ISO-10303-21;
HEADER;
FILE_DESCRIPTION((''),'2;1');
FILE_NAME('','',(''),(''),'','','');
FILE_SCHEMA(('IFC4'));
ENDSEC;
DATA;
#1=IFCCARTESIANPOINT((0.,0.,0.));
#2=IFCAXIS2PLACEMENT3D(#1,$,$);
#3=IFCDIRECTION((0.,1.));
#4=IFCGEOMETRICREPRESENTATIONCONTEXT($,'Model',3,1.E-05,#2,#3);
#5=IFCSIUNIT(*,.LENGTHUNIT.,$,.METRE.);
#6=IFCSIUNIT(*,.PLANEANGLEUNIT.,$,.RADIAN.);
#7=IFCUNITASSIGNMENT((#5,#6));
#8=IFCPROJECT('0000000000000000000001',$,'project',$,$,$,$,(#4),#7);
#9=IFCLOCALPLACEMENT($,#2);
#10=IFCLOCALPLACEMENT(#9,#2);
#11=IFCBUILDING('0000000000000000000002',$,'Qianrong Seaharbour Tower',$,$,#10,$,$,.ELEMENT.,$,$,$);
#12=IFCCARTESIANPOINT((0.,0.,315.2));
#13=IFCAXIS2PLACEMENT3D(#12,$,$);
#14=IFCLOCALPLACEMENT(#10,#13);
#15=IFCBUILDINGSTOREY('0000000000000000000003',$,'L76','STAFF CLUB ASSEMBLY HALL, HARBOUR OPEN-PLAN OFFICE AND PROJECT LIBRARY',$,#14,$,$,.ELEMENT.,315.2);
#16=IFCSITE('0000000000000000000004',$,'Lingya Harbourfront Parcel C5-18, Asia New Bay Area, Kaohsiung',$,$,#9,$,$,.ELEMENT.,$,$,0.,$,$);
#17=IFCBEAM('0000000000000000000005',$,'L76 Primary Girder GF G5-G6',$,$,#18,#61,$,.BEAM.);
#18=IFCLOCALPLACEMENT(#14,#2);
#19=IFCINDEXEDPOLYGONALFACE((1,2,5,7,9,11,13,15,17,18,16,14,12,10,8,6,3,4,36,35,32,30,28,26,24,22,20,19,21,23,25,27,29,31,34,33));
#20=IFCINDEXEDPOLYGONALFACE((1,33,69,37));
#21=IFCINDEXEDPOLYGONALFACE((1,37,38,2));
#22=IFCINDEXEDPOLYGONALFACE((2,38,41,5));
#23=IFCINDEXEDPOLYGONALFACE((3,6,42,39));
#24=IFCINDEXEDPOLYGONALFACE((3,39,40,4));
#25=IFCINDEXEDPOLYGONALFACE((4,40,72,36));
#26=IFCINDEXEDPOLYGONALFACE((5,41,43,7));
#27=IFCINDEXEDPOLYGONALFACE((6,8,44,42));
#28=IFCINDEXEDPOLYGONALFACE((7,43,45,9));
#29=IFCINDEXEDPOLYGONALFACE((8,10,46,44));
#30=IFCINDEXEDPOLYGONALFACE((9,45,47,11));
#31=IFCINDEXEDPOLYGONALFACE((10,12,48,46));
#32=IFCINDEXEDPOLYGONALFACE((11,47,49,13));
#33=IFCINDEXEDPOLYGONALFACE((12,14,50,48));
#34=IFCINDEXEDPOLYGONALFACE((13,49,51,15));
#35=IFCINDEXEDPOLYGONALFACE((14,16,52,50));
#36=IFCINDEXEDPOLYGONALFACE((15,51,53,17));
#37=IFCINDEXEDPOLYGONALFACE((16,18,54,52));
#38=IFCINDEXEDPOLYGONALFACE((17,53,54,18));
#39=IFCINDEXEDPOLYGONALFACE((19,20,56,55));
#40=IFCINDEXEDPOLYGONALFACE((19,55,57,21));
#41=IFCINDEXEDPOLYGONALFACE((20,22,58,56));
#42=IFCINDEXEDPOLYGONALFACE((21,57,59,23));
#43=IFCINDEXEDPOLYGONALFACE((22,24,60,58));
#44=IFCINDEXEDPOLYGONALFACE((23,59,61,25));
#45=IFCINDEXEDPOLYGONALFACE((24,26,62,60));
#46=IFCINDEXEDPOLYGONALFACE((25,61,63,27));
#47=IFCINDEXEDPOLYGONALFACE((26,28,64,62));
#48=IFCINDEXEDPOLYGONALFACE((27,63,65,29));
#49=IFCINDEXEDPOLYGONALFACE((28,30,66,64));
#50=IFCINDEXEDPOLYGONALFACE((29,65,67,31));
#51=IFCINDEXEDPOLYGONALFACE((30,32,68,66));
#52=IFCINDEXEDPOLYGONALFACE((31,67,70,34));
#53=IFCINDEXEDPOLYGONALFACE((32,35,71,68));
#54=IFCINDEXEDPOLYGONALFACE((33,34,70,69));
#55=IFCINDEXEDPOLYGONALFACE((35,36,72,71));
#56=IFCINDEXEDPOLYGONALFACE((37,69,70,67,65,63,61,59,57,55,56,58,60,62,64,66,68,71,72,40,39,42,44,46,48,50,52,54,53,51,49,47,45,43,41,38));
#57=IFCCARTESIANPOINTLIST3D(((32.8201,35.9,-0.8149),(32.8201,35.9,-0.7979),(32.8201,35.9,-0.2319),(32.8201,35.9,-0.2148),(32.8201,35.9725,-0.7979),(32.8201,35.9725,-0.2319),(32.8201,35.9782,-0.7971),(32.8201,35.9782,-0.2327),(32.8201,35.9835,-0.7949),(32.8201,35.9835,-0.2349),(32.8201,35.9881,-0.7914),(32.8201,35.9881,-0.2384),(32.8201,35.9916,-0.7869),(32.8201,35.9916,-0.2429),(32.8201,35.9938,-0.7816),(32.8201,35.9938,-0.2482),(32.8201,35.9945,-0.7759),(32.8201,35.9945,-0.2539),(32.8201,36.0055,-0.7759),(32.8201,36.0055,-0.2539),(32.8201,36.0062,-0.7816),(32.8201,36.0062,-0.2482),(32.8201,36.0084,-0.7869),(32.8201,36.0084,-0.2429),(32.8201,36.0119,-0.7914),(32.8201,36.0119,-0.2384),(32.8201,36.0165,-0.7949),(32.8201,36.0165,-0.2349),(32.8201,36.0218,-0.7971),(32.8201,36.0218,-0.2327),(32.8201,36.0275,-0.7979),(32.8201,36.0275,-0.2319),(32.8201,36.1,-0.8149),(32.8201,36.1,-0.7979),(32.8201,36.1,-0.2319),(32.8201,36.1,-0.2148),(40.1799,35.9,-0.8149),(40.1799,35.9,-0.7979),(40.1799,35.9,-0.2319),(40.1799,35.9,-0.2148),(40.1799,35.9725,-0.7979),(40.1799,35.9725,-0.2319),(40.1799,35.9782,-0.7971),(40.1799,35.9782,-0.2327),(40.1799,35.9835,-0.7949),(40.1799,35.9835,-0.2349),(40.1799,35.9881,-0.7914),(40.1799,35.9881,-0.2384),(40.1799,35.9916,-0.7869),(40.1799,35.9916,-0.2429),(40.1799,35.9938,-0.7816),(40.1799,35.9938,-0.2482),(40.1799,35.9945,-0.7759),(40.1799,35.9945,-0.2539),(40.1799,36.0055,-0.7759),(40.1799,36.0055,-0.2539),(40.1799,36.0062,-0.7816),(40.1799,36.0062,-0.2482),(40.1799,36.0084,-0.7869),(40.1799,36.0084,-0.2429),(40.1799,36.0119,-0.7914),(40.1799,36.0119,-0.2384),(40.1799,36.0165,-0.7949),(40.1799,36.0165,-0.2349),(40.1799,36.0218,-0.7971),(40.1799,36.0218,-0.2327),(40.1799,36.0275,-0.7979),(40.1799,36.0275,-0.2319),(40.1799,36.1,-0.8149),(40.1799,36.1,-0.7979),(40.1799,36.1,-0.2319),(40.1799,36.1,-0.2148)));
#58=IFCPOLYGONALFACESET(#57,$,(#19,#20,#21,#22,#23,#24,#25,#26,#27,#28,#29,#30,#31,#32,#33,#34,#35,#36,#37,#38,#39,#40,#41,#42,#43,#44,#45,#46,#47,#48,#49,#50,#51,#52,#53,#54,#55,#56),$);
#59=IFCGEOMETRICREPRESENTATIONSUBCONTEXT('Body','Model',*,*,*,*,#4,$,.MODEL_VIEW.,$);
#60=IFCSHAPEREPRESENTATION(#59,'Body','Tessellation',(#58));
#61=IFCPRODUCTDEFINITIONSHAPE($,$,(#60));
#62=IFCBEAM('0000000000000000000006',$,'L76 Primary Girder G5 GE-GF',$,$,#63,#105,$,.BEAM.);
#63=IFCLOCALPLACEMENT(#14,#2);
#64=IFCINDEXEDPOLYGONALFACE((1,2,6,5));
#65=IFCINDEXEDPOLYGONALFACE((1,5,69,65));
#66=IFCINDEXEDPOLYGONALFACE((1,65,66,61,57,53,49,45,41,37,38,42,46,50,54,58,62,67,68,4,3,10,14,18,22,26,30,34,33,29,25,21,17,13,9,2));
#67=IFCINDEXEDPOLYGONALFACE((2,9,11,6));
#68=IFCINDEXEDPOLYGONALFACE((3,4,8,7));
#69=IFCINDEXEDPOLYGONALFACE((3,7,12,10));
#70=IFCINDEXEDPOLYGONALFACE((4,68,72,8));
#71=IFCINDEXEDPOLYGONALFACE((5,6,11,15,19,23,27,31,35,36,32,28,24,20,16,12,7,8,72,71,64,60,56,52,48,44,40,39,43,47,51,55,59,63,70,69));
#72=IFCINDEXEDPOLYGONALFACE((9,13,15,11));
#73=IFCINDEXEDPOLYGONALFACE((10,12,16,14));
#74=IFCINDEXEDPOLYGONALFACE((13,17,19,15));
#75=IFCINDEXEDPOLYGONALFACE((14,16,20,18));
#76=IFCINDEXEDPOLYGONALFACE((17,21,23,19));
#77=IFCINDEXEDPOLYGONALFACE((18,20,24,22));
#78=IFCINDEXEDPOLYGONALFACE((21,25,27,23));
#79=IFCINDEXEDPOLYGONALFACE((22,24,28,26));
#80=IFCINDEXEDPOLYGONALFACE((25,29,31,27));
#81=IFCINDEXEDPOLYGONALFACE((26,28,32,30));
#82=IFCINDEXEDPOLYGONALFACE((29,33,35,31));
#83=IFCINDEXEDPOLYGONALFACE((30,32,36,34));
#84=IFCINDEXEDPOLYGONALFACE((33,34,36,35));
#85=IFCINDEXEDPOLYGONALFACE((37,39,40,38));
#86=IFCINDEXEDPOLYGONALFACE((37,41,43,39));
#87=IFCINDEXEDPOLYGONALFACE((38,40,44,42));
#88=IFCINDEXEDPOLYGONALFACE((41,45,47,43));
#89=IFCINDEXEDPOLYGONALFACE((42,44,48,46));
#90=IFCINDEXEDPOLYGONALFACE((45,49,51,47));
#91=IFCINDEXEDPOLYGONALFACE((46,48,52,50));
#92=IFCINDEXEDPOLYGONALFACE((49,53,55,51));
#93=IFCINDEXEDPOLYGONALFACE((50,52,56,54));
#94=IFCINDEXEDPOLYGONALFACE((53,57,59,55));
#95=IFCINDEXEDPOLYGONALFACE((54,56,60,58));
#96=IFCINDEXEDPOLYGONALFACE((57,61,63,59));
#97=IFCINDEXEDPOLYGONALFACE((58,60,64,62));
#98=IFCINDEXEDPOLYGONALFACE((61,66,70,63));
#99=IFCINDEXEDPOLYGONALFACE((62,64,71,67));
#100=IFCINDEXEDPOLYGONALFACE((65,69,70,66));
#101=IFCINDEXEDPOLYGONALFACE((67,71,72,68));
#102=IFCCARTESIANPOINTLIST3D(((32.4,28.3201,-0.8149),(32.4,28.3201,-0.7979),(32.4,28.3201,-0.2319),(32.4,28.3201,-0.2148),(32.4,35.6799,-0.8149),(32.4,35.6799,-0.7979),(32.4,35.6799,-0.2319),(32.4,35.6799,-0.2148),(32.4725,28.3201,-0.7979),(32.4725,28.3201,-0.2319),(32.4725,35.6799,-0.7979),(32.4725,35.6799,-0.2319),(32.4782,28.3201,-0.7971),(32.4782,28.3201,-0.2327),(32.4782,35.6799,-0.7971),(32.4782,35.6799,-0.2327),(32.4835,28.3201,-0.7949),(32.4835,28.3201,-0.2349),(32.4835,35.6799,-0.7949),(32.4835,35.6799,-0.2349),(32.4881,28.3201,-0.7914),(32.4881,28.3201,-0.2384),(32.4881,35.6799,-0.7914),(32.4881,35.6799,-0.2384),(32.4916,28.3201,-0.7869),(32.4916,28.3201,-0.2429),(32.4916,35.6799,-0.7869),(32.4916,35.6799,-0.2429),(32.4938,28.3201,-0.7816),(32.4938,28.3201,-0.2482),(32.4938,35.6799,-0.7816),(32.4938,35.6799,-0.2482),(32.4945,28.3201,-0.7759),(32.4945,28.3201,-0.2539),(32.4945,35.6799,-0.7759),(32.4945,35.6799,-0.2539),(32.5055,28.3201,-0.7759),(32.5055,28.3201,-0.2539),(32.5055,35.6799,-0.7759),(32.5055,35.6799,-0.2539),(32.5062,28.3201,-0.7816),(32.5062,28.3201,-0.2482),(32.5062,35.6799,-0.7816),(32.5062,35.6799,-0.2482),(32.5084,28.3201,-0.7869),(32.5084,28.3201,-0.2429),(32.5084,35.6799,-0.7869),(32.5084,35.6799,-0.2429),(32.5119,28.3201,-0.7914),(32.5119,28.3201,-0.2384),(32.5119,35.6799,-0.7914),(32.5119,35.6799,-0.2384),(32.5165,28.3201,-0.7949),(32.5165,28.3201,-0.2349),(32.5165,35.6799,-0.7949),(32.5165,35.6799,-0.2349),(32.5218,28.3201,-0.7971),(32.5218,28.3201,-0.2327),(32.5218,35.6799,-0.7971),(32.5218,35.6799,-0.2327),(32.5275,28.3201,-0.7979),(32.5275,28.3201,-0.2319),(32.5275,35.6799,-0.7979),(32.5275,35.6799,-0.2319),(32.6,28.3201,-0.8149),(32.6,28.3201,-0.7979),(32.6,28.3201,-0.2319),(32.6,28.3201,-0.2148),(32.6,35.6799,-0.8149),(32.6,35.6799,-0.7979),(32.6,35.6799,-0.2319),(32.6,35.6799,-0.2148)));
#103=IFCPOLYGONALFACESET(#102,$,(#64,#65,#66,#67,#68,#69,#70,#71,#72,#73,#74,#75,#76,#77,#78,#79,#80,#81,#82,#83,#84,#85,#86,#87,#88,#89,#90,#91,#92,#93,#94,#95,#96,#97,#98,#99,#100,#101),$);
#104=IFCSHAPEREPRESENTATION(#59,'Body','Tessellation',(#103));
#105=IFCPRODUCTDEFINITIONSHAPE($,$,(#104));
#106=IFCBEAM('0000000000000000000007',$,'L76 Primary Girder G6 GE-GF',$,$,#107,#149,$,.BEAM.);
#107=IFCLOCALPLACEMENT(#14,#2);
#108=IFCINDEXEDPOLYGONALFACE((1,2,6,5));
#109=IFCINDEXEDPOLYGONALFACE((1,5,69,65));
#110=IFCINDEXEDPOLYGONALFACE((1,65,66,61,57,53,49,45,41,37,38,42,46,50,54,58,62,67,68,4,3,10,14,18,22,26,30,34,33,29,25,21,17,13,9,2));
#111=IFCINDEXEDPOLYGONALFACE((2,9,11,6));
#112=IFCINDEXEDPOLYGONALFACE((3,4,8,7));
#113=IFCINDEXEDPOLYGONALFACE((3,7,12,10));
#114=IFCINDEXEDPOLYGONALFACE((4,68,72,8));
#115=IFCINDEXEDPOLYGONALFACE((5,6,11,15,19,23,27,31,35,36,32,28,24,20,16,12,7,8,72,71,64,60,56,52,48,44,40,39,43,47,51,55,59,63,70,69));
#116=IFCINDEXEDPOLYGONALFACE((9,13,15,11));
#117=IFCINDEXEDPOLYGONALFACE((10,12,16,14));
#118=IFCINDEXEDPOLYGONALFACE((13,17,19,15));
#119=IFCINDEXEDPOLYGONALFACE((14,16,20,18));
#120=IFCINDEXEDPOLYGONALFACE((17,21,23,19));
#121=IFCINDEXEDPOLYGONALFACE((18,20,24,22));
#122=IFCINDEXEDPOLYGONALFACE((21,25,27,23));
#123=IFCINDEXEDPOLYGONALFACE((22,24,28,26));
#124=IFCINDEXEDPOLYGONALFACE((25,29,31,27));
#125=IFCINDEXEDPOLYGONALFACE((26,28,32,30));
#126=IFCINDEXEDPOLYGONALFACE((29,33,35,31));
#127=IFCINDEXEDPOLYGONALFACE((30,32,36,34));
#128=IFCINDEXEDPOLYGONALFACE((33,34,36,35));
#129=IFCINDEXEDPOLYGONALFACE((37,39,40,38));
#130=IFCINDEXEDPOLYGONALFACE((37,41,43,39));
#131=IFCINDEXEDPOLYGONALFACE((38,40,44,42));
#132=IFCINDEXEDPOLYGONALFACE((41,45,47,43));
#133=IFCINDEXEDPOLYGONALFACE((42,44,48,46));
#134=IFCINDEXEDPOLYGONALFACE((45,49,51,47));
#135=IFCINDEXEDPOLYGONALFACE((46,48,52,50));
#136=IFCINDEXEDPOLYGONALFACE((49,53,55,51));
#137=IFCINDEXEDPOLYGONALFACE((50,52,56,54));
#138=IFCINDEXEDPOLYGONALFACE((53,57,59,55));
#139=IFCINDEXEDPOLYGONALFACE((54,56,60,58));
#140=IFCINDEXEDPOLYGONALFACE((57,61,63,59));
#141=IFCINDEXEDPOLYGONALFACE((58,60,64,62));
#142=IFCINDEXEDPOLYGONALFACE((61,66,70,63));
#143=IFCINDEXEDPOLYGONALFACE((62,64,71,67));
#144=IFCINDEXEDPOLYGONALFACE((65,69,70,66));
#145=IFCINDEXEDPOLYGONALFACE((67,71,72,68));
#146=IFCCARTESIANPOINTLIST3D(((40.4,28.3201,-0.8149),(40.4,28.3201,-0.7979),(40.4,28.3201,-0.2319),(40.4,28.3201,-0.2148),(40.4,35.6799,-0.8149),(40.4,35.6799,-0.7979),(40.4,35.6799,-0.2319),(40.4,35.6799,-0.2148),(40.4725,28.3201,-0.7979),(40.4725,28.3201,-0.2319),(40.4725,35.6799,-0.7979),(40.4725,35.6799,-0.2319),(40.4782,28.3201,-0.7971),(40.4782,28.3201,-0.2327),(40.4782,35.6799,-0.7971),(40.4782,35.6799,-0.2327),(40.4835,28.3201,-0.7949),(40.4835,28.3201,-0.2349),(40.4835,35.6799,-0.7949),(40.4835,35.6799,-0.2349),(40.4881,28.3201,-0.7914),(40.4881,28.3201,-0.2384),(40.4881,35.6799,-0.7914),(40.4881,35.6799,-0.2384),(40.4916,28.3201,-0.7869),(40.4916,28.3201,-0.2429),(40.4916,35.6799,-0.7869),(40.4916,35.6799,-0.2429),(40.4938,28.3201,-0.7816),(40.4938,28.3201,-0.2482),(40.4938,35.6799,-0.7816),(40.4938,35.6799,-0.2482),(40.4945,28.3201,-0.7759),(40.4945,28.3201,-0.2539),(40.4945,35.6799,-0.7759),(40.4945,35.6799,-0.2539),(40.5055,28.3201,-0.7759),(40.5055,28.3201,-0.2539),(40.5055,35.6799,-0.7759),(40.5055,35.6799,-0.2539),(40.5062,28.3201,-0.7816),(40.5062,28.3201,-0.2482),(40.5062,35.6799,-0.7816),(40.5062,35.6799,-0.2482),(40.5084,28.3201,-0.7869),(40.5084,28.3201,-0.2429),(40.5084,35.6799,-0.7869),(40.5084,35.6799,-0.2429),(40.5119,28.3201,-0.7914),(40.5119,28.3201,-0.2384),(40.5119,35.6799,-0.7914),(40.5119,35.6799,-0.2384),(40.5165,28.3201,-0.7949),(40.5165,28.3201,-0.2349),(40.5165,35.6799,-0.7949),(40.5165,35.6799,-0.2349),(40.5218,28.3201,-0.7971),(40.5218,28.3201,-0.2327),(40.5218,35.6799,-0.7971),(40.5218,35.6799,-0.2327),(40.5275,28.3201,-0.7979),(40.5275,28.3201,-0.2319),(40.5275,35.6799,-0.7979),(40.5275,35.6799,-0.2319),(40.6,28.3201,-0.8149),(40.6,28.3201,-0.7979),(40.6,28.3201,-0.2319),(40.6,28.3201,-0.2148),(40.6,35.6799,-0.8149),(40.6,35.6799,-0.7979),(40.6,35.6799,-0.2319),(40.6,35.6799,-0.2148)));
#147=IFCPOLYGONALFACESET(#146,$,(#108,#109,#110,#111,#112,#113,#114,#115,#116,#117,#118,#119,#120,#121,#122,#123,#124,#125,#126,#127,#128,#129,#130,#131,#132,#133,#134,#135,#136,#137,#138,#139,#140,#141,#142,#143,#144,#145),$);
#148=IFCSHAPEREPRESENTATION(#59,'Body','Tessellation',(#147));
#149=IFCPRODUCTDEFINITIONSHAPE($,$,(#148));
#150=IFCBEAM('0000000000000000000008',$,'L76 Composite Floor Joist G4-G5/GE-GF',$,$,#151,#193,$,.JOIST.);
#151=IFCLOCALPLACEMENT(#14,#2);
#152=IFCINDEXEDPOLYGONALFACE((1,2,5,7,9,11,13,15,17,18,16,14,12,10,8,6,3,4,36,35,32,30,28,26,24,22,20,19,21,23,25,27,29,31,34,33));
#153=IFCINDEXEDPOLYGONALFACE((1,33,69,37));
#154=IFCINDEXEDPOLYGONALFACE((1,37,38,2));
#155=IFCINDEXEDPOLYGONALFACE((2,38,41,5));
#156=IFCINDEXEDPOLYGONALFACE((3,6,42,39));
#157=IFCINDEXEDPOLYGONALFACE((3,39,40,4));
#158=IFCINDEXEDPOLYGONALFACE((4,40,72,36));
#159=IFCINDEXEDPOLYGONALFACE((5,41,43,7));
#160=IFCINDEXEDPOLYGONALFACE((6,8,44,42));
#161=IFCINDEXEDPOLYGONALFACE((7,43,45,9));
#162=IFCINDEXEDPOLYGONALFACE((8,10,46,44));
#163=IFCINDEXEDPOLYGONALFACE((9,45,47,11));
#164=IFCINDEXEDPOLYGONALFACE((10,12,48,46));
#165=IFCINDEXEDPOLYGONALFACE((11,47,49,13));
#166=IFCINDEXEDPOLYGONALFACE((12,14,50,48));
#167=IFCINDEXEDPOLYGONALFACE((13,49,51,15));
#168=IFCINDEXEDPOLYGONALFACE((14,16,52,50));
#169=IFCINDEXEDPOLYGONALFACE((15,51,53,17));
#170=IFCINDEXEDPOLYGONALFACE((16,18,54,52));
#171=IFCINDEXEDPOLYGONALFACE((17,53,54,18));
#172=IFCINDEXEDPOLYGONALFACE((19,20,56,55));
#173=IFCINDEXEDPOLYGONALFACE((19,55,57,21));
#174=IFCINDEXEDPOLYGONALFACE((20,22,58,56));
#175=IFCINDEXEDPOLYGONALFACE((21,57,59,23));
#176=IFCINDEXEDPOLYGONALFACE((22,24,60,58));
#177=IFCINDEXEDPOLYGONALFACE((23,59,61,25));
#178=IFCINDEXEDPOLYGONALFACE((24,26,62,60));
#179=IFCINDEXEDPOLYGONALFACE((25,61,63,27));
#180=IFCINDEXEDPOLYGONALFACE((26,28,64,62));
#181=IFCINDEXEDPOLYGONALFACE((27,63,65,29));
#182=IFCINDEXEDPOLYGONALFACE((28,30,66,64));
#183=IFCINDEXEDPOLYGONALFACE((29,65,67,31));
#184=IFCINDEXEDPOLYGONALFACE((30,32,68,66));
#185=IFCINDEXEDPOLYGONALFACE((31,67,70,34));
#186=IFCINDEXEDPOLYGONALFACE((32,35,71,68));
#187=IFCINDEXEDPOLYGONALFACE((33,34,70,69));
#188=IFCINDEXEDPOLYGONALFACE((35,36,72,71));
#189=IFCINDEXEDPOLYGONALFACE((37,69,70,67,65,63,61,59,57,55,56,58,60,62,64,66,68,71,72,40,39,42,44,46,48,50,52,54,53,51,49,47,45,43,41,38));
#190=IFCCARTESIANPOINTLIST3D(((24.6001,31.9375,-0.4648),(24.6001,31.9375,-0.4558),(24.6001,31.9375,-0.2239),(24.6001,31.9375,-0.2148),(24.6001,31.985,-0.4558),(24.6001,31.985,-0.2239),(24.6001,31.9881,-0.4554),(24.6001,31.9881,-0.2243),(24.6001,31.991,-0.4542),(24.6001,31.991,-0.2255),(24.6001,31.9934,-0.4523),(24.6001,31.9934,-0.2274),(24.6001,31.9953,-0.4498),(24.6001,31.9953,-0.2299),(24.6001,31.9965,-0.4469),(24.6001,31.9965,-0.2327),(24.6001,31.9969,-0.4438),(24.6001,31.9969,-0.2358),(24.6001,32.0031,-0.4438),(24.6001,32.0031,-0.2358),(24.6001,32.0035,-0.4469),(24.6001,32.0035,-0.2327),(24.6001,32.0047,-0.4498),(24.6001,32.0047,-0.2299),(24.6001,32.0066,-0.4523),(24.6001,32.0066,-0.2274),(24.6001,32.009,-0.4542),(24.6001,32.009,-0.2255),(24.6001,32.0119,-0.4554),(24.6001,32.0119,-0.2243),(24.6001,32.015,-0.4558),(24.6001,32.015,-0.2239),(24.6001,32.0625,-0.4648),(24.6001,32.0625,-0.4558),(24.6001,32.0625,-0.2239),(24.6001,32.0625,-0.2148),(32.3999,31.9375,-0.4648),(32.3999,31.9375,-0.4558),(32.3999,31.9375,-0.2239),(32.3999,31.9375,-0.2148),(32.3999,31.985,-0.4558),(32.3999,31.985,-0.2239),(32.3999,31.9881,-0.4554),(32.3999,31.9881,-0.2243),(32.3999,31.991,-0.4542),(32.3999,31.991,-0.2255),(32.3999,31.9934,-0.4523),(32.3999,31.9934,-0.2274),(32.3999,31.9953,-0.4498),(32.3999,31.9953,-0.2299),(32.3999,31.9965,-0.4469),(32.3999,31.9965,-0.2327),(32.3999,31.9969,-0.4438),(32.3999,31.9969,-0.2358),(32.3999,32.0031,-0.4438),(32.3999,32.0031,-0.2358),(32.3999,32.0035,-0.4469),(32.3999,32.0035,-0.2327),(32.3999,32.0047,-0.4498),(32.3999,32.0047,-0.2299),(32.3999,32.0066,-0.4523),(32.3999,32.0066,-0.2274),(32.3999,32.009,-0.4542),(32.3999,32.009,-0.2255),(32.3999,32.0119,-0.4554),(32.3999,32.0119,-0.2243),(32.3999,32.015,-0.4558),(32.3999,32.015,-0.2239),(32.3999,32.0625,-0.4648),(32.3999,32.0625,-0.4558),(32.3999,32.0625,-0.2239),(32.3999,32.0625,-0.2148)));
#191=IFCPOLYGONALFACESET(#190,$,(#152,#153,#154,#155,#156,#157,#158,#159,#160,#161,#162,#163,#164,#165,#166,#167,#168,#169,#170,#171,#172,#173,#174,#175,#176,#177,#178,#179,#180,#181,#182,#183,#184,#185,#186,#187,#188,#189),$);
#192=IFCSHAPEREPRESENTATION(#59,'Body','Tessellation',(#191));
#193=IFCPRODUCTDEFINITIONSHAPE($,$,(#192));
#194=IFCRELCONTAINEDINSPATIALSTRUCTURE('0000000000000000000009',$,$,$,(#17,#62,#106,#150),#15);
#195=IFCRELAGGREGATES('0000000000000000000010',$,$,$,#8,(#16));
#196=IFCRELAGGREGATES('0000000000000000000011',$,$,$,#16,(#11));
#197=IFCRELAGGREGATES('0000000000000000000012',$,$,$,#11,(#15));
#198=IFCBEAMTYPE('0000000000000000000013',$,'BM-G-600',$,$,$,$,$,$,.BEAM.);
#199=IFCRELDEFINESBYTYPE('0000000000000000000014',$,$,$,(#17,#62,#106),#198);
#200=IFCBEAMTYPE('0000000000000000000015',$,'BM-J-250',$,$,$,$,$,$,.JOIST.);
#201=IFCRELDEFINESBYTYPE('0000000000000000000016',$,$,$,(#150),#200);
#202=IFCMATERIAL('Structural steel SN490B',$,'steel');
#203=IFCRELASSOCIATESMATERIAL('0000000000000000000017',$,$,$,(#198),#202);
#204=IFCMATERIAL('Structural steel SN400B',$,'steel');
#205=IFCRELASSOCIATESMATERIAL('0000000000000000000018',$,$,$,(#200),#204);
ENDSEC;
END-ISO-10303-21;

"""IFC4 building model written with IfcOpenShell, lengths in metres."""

from ifc_helpers import new_model, si_unit, direction, frame, origin, origin_2d, place, context, subcontext, project, spatial, i_section, extrude, material, material_profile, profile_set, type_object, element, save


model = new_model("IFC4")

# Units and contexts
model_context = context("Model", 3, precision=1e-05, world=origin(), true_north=direction((0.0, 1.0)))
body_context = subcontext(model_context, "Body", "Model", "MODEL_VIEW")
ifc_project = project(units=[si_unit("LENGTHUNIT", "METRE"), si_unit("PLANEANGLEUNIT", "RADIAN")], contexts=[model_context])

# Site, building, storey
site_placement = place(None, origin())
site = spatial("IfcSite", under=ifc_project, at=site_placement, Name="Lingya Harbourfront Parcel C5-18, Asia New Bay Area, Kaohsiung", CompositionType="ELEMENT", RefElevation=0.0)
building_placement = place(site_placement, origin())
building = spatial("IfcBuilding", under=site, at=building_placement, Name="Qianrong Seaharbour Tower", CompositionType="ELEMENT")
storey_placement = place(building_placement, frame((0.0, 0.0, 315.2)))
storey = spatial("IfcBuildingStorey", under=building, at=storey_placement, Name="L76", Description="STAFF CLUB ASSEMBLY HALL, HARBOUR OPEN-PLAN OFFICE AND PROJECT LIBRARY", CompositionType="ELEMENT", Elevation=315.2)

# Shared definitions
ifc_material_1 = material(Name="Structural steel SN490B", Category="steel")

# Beams
ifc_material_profile_1 = material_profile(ifc_material_1, i_section(OverallWidth=0.2, OverallDepth=0.6001, WebThickness=0.011, FlangeThickness=0.0171, FilletRadius=0.022, at=origin_2d()), Name="H600x200x11x17")
ifc_profile_set_1 = profile_set([ifc_material_profile_1], Name="Structural steel SN490B")
beam_type_1 = type_object("IfcBeamType", Name="BM-G-600", PredefinedType="BEAM", material=ifc_profile_set_1)
for number, where, z_axis, x_axis, name in (
    (1, (32.8201, 36.0, -0.5149), (1.0, 0.0, 0.0), (0.0, 1.0, 0.0), "L76 Primary Girder GF G5-G6"),
    (2, (32.5, 28.3201, -0.5149), (0.0, 1.0, 0.0), (-1.0, 0.0, 0.0), "L76 Primary Girder G5 GE-GF"),
    (3, (40.5, 28.3201, -0.5149), (0.0, 1.0, 0.0), (-1.0, 0.0, 0.0), "L76 Primary Girder G6 GE-GF"),
):
    element("IfcBeam", number, at=place(storey_placement, frame(where, z_axis=z_axis, x_axis=x_axis)), inside=storey, type_object=beam_type_1, Name=name, PredefinedType="BEAM", context=body_context, shape_type="SweptSolid", body=[
        extrude(i_section(OverallWidth=0.2, OverallDepth=0.6001, WebThickness=0.011, FlangeThickness=0.0171, FilletRadius=0.022, at=origin_2d()), origin(), (0.0, 0.0, 1.0), 7.3599),
    ])
ifc_material_2 = material(Name="Structural steel SN400B", Category="steel")
ifc_material_profile_2 = material_profile(ifc_material_2, i_section(OverallWidth=0.125, OverallDepth=0.25, WebThickness=0.0061, FlangeThickness=0.009, FilletRadius=0.012, at=origin_2d()), Name="H250x125x6x9")
ifc_profile_set_2 = profile_set([ifc_material_profile_2], Name="Structural steel SN400B")
beam_type_2 = type_object("IfcBeamType", Name="BM-J-250", PredefinedType="JOIST", material=ifc_profile_set_2)
for number, where, z_axis, x_axis, name in (
    (4, (24.6001, 32.0, -0.3398), (1.0, 0.0, 0.0), (0.0, 1.0, 0.0), "L76 Composite Floor Joist G4-G5/GE-GF"),
):
    element("IfcBeam", number, at=place(storey_placement, frame(where, z_axis=z_axis, x_axis=x_axis)), inside=storey, type_object=beam_type_2, Name=name, PredefinedType="JOIST", context=body_context, shape_type="SweptSolid", body=[
        extrude(i_section(OverallWidth=0.125, OverallDepth=0.25, WebThickness=0.0061, FlangeThickness=0.009, FilletRadius=0.012, at=origin_2d()), origin(), (0.0, 0.0, 1.0), 7.7998),
    ])

save(model, "model.ifc")
